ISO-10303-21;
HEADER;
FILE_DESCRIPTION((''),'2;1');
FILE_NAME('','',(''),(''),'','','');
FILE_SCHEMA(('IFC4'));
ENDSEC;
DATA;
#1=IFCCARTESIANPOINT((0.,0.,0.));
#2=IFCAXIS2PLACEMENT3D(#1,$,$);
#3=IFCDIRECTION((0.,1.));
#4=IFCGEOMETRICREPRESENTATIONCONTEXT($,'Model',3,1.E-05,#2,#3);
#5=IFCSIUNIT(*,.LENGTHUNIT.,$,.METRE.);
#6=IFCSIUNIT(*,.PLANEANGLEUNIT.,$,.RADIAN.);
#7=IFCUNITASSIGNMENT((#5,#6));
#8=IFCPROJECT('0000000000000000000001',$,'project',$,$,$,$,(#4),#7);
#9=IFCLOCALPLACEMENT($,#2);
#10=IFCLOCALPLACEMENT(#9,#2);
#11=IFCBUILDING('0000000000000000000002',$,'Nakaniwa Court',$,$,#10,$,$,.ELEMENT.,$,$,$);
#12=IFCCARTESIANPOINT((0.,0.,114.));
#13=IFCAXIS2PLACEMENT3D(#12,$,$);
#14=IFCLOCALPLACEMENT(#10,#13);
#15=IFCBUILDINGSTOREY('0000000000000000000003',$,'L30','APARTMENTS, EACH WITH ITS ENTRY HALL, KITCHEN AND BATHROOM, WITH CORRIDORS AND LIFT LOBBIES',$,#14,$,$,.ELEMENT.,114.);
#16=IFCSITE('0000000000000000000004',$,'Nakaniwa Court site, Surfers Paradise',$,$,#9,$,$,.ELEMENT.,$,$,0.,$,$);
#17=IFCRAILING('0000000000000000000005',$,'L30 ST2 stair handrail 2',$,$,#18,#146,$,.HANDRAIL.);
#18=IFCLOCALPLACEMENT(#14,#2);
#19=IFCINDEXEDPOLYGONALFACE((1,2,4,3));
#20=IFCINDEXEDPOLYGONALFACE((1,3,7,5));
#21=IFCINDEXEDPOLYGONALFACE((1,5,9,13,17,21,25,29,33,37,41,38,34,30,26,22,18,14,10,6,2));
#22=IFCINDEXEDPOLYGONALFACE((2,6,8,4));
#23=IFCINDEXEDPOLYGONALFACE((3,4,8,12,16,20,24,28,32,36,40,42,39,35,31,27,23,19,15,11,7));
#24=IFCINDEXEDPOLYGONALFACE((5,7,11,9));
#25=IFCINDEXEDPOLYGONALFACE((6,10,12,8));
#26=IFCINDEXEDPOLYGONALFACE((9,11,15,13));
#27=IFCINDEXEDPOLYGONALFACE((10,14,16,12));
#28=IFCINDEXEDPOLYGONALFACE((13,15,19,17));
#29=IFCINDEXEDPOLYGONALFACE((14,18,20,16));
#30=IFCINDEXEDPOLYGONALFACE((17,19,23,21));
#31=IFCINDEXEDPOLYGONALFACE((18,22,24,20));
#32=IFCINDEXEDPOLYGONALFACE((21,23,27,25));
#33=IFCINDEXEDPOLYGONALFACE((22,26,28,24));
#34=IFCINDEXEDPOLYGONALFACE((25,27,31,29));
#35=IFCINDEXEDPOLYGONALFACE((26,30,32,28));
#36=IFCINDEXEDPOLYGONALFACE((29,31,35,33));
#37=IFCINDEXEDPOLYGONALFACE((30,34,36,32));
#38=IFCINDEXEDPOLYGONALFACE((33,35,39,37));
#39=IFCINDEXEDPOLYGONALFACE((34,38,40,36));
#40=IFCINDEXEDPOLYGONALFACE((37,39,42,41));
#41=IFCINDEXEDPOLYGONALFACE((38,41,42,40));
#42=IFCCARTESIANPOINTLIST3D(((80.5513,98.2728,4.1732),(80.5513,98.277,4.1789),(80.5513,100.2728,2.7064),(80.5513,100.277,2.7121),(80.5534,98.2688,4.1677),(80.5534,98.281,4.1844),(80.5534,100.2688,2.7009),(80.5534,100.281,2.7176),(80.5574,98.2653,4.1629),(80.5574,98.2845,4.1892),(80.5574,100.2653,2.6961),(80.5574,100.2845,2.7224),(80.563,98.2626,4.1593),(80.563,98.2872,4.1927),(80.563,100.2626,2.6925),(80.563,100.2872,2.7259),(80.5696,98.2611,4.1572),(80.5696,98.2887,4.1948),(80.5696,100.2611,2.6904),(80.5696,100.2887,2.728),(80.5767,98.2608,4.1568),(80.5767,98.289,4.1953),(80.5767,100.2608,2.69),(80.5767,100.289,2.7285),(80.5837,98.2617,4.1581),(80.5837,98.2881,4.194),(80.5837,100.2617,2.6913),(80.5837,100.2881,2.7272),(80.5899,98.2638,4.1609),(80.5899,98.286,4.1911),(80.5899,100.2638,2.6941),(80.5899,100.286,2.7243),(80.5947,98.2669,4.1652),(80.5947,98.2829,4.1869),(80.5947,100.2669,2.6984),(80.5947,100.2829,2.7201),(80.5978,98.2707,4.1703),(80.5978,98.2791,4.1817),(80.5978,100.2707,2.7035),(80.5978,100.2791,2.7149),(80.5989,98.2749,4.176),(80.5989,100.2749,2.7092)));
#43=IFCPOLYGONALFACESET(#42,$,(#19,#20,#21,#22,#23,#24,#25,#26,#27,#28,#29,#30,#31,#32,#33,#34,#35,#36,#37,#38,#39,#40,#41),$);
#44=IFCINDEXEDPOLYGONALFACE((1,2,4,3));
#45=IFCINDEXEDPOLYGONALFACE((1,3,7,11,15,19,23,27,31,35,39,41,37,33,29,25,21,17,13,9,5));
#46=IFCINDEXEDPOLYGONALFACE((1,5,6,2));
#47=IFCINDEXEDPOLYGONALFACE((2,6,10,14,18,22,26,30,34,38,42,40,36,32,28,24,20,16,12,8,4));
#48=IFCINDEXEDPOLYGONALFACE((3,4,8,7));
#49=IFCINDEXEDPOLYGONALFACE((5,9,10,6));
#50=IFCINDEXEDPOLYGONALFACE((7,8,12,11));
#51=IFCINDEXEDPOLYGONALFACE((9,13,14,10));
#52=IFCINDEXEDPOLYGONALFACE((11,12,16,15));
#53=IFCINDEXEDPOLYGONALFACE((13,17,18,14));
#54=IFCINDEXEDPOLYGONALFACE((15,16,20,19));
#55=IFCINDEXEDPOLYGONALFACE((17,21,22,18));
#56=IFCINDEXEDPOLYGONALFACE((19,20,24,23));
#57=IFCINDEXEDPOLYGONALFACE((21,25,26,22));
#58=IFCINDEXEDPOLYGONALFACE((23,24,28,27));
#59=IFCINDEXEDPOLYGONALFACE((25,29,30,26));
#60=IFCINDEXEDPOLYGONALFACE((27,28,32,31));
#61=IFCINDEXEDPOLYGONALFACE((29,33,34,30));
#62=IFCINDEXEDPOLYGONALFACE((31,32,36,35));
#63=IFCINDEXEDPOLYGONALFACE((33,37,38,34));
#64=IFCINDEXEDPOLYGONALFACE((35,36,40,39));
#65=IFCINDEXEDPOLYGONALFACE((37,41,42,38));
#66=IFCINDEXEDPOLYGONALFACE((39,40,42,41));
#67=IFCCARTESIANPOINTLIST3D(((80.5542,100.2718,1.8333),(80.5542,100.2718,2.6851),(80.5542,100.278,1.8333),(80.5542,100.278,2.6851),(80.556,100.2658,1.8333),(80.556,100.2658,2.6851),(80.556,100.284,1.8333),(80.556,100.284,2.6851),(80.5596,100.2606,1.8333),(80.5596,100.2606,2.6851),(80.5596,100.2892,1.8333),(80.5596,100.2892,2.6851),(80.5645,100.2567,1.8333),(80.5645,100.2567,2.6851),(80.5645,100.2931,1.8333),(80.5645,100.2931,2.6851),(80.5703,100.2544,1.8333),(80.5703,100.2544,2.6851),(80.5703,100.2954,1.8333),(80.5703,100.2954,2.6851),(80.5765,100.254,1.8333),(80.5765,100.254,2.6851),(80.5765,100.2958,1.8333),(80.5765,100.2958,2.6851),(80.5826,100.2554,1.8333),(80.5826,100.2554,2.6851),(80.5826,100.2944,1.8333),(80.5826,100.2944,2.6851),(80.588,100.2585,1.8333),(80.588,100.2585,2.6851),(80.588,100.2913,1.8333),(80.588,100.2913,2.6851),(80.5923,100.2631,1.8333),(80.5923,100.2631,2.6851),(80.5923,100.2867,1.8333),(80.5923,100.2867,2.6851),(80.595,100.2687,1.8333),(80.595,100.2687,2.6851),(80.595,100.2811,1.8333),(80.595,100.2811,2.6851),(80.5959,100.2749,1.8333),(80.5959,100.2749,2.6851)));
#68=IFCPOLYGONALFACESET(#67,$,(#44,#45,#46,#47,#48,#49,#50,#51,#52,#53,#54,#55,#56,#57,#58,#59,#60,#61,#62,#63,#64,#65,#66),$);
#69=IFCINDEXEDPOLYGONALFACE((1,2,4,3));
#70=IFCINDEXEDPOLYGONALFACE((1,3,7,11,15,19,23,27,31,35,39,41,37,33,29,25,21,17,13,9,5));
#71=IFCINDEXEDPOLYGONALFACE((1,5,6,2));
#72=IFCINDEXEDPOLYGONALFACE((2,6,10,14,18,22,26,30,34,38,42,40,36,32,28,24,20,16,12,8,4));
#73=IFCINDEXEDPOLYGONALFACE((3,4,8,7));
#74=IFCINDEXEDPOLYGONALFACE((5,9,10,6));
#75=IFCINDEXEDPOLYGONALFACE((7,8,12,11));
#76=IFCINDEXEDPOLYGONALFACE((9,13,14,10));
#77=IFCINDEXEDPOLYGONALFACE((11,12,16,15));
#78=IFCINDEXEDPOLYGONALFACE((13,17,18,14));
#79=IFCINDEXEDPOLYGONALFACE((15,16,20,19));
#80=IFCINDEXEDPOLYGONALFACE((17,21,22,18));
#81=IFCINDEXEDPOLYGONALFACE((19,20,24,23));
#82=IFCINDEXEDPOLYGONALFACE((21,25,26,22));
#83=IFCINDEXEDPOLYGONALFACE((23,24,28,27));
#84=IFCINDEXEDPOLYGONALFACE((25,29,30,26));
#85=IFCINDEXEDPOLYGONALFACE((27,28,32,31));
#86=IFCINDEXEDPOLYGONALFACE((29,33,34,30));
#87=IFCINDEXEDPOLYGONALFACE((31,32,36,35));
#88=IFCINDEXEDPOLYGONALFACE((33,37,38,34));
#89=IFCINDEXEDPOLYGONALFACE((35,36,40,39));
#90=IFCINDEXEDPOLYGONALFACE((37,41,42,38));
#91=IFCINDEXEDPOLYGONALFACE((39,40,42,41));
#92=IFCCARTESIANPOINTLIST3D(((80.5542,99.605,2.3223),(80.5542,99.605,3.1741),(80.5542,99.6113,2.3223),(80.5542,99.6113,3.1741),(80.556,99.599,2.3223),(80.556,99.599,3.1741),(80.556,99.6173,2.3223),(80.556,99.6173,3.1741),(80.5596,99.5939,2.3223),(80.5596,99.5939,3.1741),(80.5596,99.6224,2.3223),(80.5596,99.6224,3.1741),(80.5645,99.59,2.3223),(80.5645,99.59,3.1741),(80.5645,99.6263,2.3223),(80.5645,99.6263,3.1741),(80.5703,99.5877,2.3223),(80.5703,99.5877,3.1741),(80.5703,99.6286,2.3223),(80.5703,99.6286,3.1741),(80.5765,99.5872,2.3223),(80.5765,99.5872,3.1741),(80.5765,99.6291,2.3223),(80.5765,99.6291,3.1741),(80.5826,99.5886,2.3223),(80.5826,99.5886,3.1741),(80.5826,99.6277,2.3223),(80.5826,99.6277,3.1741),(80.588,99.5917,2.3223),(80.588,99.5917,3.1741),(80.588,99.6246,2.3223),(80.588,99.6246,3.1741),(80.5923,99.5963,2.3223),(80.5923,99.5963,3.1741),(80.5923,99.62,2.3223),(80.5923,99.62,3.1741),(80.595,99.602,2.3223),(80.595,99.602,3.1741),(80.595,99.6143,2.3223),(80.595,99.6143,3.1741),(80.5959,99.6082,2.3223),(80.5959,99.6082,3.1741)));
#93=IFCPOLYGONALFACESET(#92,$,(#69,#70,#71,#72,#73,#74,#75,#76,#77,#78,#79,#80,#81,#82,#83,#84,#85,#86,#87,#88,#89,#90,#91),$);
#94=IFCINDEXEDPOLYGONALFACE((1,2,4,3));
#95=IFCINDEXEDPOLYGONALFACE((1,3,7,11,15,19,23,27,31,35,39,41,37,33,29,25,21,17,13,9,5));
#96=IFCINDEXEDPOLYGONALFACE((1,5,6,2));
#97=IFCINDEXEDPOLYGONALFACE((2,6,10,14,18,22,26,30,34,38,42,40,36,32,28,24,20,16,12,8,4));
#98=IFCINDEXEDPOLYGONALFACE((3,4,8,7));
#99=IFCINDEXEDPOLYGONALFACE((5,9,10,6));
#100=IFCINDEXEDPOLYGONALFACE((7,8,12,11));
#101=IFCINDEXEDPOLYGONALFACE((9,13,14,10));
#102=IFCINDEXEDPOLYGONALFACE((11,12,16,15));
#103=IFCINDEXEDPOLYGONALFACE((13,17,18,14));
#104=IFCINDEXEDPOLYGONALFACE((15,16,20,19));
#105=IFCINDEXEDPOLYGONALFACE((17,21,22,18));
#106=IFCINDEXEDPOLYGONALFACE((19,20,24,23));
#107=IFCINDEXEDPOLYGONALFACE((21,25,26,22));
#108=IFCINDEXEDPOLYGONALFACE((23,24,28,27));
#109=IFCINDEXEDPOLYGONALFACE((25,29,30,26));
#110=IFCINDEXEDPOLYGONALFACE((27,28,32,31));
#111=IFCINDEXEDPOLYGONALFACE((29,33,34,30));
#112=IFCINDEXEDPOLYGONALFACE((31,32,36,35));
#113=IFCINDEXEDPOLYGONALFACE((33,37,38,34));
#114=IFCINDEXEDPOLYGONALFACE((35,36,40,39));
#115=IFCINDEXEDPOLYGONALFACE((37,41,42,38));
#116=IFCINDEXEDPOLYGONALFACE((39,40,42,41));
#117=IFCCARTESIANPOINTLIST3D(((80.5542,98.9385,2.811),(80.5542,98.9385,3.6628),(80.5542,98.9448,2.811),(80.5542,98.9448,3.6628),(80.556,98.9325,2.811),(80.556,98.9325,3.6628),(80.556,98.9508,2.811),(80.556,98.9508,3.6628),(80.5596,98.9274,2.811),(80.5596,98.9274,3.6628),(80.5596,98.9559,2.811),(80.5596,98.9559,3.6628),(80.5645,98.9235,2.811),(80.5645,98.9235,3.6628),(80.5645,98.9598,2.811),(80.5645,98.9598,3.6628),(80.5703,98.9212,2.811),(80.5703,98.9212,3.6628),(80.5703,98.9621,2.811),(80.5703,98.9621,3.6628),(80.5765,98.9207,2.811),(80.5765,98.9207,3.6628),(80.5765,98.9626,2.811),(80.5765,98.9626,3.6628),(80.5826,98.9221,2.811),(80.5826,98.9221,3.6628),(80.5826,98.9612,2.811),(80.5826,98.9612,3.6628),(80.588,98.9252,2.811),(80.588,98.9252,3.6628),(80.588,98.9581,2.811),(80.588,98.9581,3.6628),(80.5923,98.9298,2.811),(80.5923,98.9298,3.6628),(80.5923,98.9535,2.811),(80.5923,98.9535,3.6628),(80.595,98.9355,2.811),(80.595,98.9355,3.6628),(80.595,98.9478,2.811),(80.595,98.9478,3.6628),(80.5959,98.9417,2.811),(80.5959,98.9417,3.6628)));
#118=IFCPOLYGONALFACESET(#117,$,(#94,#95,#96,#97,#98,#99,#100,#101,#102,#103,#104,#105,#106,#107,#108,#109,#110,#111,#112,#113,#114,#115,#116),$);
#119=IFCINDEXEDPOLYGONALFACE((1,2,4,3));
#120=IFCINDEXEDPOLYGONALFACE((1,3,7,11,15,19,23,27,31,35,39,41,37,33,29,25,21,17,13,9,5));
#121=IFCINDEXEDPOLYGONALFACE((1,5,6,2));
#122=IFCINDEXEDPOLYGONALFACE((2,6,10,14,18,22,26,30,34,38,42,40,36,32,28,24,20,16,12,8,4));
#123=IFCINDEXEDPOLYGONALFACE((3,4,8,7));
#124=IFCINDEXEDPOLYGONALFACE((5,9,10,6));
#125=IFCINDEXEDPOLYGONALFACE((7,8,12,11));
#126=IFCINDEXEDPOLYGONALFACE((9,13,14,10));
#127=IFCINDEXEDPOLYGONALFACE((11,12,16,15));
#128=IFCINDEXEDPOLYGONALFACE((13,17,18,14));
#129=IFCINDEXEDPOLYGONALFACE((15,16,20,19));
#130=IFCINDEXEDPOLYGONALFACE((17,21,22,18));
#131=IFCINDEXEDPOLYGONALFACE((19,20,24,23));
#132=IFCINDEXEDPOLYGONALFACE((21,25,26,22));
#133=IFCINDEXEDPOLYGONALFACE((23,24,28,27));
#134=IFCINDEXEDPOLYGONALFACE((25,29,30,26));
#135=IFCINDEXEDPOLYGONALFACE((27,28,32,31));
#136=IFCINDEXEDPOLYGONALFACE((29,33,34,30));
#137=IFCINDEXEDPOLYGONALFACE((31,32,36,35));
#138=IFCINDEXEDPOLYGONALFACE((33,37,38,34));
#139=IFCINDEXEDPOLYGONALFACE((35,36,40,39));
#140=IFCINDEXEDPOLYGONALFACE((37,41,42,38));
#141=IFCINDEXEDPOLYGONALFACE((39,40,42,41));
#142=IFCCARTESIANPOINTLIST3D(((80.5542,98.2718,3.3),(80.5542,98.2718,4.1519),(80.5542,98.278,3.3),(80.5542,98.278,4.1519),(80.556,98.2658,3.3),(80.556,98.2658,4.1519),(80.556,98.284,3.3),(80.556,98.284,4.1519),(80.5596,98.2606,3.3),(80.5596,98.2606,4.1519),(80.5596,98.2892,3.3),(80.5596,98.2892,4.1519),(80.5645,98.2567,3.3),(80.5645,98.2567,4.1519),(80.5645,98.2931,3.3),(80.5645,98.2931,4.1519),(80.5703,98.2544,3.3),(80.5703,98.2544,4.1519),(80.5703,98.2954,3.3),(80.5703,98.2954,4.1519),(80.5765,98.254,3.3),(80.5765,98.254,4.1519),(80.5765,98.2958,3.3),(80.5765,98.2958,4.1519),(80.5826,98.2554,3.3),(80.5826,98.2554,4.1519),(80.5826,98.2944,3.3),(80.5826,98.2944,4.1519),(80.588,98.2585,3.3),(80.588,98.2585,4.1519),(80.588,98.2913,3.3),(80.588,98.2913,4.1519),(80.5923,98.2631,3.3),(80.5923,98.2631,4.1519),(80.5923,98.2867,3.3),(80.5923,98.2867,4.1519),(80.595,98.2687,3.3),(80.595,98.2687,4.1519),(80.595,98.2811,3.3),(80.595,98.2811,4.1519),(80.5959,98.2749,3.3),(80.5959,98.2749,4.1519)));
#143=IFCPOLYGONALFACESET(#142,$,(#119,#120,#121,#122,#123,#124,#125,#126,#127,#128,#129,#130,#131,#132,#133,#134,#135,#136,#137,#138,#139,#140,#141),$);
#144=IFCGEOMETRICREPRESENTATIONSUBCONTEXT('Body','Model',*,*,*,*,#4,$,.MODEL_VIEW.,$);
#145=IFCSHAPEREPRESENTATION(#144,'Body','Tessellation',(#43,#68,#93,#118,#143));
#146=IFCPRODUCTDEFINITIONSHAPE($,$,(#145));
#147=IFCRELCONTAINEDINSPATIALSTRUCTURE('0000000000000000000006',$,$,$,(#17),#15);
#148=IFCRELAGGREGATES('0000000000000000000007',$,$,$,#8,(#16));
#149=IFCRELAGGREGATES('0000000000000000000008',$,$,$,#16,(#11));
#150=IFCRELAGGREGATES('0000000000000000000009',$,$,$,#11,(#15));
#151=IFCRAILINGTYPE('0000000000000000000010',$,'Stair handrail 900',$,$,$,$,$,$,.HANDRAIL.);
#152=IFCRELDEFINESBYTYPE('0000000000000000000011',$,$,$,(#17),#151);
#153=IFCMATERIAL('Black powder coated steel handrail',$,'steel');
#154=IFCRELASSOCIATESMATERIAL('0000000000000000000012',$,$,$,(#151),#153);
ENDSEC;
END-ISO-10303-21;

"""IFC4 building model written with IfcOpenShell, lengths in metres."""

from ifc_helpers import new_model, si_unit, direction, frame, origin, origin_2d, place, context, subcontext, project, spatial, circle, extrude, material, type_object, element, save


model = new_model("IFC4")

# Units and contexts
model_context = context("Model", 3, precision=1e-05, world=origin(), true_north=direction((0.0, 1.0)))
body_context = subcontext(model_context, "Body", "Model", "MODEL_VIEW")
ifc_project = project(units=[si_unit("LENGTHUNIT", "METRE"), si_unit("PLANEANGLEUNIT", "RADIAN")], contexts=[model_context])

# Site, building, storey
site_placement = place(None, origin())
site = spatial("IfcSite", under=ifc_project, at=site_placement, Name="Nakaniwa Court site, Surfers Paradise", CompositionType="ELEMENT", RefElevation=0.0)
building_placement = place(site_placement, origin())
building = spatial("IfcBuilding", under=site, at=building_placement, Name="Nakaniwa Court", CompositionType="ELEMENT")
storey_placement = place(building_placement, frame((0.0, 0.0, 114.0)))
storey = spatial("IfcBuildingStorey", under=building, at=storey_placement, Name="L30", Description="APARTMENTS, EACH WITH ITS ENTRY HALL, KITCHEN AND BATHROOM, WITH CORRIDORS AND LIFT LOBBIES", CompositionType="ELEMENT", Elevation=114.0)

# Railing
ifc_material_1 = material(Name="Black powder coated steel handrail", Category="steel")
railing_type_1 = type_object("IfcRailingType", Name="Stair handrail 900", PredefinedType="HANDRAIL", material=ifc_material_1)
railing_1_placement = place(storey_placement, frame((80.575, 100.2749, 1.8333)))
element("IfcRailing", 1, at=railing_1_placement, inside=storey, type_object=railing_type_1, Name="L30 ST2 stair handrail 2", PredefinedType="HANDRAIL", context=body_context, shape_type="SweptSolid", body=[
    extrude(circle(Radius=0.0239, at=origin_2d()), frame((0.0, 0.0, 0.876), z_axis=(0.0, -0.80638, 0.591398), x_axis=(1.0, 0.0, 0.0)), (0.0, 0.0, 1.0), 2.4802),
    extrude(circle(Radius=0.021, at=origin_2d()), origin(), (0.0, 0.0, 1.0), 0.8518),
    extrude(circle(Radius=0.021, at=origin_2d()), frame((0.0, -0.6667, 0.489)), (0.0, 0.0, 1.0), 0.8518),
    extrude(circle(Radius=0.021, at=origin_2d()), frame((0.0, -1.3333, 0.9778)), (0.0, 0.0, 1.0), 0.8518),
    extrude(circle(Radius=0.021, at=origin_2d()), frame((0.0, -2.0, 1.4668)), (0.0, 0.0, 1.0), 0.8518),
])

save(model, "model.ifc")
